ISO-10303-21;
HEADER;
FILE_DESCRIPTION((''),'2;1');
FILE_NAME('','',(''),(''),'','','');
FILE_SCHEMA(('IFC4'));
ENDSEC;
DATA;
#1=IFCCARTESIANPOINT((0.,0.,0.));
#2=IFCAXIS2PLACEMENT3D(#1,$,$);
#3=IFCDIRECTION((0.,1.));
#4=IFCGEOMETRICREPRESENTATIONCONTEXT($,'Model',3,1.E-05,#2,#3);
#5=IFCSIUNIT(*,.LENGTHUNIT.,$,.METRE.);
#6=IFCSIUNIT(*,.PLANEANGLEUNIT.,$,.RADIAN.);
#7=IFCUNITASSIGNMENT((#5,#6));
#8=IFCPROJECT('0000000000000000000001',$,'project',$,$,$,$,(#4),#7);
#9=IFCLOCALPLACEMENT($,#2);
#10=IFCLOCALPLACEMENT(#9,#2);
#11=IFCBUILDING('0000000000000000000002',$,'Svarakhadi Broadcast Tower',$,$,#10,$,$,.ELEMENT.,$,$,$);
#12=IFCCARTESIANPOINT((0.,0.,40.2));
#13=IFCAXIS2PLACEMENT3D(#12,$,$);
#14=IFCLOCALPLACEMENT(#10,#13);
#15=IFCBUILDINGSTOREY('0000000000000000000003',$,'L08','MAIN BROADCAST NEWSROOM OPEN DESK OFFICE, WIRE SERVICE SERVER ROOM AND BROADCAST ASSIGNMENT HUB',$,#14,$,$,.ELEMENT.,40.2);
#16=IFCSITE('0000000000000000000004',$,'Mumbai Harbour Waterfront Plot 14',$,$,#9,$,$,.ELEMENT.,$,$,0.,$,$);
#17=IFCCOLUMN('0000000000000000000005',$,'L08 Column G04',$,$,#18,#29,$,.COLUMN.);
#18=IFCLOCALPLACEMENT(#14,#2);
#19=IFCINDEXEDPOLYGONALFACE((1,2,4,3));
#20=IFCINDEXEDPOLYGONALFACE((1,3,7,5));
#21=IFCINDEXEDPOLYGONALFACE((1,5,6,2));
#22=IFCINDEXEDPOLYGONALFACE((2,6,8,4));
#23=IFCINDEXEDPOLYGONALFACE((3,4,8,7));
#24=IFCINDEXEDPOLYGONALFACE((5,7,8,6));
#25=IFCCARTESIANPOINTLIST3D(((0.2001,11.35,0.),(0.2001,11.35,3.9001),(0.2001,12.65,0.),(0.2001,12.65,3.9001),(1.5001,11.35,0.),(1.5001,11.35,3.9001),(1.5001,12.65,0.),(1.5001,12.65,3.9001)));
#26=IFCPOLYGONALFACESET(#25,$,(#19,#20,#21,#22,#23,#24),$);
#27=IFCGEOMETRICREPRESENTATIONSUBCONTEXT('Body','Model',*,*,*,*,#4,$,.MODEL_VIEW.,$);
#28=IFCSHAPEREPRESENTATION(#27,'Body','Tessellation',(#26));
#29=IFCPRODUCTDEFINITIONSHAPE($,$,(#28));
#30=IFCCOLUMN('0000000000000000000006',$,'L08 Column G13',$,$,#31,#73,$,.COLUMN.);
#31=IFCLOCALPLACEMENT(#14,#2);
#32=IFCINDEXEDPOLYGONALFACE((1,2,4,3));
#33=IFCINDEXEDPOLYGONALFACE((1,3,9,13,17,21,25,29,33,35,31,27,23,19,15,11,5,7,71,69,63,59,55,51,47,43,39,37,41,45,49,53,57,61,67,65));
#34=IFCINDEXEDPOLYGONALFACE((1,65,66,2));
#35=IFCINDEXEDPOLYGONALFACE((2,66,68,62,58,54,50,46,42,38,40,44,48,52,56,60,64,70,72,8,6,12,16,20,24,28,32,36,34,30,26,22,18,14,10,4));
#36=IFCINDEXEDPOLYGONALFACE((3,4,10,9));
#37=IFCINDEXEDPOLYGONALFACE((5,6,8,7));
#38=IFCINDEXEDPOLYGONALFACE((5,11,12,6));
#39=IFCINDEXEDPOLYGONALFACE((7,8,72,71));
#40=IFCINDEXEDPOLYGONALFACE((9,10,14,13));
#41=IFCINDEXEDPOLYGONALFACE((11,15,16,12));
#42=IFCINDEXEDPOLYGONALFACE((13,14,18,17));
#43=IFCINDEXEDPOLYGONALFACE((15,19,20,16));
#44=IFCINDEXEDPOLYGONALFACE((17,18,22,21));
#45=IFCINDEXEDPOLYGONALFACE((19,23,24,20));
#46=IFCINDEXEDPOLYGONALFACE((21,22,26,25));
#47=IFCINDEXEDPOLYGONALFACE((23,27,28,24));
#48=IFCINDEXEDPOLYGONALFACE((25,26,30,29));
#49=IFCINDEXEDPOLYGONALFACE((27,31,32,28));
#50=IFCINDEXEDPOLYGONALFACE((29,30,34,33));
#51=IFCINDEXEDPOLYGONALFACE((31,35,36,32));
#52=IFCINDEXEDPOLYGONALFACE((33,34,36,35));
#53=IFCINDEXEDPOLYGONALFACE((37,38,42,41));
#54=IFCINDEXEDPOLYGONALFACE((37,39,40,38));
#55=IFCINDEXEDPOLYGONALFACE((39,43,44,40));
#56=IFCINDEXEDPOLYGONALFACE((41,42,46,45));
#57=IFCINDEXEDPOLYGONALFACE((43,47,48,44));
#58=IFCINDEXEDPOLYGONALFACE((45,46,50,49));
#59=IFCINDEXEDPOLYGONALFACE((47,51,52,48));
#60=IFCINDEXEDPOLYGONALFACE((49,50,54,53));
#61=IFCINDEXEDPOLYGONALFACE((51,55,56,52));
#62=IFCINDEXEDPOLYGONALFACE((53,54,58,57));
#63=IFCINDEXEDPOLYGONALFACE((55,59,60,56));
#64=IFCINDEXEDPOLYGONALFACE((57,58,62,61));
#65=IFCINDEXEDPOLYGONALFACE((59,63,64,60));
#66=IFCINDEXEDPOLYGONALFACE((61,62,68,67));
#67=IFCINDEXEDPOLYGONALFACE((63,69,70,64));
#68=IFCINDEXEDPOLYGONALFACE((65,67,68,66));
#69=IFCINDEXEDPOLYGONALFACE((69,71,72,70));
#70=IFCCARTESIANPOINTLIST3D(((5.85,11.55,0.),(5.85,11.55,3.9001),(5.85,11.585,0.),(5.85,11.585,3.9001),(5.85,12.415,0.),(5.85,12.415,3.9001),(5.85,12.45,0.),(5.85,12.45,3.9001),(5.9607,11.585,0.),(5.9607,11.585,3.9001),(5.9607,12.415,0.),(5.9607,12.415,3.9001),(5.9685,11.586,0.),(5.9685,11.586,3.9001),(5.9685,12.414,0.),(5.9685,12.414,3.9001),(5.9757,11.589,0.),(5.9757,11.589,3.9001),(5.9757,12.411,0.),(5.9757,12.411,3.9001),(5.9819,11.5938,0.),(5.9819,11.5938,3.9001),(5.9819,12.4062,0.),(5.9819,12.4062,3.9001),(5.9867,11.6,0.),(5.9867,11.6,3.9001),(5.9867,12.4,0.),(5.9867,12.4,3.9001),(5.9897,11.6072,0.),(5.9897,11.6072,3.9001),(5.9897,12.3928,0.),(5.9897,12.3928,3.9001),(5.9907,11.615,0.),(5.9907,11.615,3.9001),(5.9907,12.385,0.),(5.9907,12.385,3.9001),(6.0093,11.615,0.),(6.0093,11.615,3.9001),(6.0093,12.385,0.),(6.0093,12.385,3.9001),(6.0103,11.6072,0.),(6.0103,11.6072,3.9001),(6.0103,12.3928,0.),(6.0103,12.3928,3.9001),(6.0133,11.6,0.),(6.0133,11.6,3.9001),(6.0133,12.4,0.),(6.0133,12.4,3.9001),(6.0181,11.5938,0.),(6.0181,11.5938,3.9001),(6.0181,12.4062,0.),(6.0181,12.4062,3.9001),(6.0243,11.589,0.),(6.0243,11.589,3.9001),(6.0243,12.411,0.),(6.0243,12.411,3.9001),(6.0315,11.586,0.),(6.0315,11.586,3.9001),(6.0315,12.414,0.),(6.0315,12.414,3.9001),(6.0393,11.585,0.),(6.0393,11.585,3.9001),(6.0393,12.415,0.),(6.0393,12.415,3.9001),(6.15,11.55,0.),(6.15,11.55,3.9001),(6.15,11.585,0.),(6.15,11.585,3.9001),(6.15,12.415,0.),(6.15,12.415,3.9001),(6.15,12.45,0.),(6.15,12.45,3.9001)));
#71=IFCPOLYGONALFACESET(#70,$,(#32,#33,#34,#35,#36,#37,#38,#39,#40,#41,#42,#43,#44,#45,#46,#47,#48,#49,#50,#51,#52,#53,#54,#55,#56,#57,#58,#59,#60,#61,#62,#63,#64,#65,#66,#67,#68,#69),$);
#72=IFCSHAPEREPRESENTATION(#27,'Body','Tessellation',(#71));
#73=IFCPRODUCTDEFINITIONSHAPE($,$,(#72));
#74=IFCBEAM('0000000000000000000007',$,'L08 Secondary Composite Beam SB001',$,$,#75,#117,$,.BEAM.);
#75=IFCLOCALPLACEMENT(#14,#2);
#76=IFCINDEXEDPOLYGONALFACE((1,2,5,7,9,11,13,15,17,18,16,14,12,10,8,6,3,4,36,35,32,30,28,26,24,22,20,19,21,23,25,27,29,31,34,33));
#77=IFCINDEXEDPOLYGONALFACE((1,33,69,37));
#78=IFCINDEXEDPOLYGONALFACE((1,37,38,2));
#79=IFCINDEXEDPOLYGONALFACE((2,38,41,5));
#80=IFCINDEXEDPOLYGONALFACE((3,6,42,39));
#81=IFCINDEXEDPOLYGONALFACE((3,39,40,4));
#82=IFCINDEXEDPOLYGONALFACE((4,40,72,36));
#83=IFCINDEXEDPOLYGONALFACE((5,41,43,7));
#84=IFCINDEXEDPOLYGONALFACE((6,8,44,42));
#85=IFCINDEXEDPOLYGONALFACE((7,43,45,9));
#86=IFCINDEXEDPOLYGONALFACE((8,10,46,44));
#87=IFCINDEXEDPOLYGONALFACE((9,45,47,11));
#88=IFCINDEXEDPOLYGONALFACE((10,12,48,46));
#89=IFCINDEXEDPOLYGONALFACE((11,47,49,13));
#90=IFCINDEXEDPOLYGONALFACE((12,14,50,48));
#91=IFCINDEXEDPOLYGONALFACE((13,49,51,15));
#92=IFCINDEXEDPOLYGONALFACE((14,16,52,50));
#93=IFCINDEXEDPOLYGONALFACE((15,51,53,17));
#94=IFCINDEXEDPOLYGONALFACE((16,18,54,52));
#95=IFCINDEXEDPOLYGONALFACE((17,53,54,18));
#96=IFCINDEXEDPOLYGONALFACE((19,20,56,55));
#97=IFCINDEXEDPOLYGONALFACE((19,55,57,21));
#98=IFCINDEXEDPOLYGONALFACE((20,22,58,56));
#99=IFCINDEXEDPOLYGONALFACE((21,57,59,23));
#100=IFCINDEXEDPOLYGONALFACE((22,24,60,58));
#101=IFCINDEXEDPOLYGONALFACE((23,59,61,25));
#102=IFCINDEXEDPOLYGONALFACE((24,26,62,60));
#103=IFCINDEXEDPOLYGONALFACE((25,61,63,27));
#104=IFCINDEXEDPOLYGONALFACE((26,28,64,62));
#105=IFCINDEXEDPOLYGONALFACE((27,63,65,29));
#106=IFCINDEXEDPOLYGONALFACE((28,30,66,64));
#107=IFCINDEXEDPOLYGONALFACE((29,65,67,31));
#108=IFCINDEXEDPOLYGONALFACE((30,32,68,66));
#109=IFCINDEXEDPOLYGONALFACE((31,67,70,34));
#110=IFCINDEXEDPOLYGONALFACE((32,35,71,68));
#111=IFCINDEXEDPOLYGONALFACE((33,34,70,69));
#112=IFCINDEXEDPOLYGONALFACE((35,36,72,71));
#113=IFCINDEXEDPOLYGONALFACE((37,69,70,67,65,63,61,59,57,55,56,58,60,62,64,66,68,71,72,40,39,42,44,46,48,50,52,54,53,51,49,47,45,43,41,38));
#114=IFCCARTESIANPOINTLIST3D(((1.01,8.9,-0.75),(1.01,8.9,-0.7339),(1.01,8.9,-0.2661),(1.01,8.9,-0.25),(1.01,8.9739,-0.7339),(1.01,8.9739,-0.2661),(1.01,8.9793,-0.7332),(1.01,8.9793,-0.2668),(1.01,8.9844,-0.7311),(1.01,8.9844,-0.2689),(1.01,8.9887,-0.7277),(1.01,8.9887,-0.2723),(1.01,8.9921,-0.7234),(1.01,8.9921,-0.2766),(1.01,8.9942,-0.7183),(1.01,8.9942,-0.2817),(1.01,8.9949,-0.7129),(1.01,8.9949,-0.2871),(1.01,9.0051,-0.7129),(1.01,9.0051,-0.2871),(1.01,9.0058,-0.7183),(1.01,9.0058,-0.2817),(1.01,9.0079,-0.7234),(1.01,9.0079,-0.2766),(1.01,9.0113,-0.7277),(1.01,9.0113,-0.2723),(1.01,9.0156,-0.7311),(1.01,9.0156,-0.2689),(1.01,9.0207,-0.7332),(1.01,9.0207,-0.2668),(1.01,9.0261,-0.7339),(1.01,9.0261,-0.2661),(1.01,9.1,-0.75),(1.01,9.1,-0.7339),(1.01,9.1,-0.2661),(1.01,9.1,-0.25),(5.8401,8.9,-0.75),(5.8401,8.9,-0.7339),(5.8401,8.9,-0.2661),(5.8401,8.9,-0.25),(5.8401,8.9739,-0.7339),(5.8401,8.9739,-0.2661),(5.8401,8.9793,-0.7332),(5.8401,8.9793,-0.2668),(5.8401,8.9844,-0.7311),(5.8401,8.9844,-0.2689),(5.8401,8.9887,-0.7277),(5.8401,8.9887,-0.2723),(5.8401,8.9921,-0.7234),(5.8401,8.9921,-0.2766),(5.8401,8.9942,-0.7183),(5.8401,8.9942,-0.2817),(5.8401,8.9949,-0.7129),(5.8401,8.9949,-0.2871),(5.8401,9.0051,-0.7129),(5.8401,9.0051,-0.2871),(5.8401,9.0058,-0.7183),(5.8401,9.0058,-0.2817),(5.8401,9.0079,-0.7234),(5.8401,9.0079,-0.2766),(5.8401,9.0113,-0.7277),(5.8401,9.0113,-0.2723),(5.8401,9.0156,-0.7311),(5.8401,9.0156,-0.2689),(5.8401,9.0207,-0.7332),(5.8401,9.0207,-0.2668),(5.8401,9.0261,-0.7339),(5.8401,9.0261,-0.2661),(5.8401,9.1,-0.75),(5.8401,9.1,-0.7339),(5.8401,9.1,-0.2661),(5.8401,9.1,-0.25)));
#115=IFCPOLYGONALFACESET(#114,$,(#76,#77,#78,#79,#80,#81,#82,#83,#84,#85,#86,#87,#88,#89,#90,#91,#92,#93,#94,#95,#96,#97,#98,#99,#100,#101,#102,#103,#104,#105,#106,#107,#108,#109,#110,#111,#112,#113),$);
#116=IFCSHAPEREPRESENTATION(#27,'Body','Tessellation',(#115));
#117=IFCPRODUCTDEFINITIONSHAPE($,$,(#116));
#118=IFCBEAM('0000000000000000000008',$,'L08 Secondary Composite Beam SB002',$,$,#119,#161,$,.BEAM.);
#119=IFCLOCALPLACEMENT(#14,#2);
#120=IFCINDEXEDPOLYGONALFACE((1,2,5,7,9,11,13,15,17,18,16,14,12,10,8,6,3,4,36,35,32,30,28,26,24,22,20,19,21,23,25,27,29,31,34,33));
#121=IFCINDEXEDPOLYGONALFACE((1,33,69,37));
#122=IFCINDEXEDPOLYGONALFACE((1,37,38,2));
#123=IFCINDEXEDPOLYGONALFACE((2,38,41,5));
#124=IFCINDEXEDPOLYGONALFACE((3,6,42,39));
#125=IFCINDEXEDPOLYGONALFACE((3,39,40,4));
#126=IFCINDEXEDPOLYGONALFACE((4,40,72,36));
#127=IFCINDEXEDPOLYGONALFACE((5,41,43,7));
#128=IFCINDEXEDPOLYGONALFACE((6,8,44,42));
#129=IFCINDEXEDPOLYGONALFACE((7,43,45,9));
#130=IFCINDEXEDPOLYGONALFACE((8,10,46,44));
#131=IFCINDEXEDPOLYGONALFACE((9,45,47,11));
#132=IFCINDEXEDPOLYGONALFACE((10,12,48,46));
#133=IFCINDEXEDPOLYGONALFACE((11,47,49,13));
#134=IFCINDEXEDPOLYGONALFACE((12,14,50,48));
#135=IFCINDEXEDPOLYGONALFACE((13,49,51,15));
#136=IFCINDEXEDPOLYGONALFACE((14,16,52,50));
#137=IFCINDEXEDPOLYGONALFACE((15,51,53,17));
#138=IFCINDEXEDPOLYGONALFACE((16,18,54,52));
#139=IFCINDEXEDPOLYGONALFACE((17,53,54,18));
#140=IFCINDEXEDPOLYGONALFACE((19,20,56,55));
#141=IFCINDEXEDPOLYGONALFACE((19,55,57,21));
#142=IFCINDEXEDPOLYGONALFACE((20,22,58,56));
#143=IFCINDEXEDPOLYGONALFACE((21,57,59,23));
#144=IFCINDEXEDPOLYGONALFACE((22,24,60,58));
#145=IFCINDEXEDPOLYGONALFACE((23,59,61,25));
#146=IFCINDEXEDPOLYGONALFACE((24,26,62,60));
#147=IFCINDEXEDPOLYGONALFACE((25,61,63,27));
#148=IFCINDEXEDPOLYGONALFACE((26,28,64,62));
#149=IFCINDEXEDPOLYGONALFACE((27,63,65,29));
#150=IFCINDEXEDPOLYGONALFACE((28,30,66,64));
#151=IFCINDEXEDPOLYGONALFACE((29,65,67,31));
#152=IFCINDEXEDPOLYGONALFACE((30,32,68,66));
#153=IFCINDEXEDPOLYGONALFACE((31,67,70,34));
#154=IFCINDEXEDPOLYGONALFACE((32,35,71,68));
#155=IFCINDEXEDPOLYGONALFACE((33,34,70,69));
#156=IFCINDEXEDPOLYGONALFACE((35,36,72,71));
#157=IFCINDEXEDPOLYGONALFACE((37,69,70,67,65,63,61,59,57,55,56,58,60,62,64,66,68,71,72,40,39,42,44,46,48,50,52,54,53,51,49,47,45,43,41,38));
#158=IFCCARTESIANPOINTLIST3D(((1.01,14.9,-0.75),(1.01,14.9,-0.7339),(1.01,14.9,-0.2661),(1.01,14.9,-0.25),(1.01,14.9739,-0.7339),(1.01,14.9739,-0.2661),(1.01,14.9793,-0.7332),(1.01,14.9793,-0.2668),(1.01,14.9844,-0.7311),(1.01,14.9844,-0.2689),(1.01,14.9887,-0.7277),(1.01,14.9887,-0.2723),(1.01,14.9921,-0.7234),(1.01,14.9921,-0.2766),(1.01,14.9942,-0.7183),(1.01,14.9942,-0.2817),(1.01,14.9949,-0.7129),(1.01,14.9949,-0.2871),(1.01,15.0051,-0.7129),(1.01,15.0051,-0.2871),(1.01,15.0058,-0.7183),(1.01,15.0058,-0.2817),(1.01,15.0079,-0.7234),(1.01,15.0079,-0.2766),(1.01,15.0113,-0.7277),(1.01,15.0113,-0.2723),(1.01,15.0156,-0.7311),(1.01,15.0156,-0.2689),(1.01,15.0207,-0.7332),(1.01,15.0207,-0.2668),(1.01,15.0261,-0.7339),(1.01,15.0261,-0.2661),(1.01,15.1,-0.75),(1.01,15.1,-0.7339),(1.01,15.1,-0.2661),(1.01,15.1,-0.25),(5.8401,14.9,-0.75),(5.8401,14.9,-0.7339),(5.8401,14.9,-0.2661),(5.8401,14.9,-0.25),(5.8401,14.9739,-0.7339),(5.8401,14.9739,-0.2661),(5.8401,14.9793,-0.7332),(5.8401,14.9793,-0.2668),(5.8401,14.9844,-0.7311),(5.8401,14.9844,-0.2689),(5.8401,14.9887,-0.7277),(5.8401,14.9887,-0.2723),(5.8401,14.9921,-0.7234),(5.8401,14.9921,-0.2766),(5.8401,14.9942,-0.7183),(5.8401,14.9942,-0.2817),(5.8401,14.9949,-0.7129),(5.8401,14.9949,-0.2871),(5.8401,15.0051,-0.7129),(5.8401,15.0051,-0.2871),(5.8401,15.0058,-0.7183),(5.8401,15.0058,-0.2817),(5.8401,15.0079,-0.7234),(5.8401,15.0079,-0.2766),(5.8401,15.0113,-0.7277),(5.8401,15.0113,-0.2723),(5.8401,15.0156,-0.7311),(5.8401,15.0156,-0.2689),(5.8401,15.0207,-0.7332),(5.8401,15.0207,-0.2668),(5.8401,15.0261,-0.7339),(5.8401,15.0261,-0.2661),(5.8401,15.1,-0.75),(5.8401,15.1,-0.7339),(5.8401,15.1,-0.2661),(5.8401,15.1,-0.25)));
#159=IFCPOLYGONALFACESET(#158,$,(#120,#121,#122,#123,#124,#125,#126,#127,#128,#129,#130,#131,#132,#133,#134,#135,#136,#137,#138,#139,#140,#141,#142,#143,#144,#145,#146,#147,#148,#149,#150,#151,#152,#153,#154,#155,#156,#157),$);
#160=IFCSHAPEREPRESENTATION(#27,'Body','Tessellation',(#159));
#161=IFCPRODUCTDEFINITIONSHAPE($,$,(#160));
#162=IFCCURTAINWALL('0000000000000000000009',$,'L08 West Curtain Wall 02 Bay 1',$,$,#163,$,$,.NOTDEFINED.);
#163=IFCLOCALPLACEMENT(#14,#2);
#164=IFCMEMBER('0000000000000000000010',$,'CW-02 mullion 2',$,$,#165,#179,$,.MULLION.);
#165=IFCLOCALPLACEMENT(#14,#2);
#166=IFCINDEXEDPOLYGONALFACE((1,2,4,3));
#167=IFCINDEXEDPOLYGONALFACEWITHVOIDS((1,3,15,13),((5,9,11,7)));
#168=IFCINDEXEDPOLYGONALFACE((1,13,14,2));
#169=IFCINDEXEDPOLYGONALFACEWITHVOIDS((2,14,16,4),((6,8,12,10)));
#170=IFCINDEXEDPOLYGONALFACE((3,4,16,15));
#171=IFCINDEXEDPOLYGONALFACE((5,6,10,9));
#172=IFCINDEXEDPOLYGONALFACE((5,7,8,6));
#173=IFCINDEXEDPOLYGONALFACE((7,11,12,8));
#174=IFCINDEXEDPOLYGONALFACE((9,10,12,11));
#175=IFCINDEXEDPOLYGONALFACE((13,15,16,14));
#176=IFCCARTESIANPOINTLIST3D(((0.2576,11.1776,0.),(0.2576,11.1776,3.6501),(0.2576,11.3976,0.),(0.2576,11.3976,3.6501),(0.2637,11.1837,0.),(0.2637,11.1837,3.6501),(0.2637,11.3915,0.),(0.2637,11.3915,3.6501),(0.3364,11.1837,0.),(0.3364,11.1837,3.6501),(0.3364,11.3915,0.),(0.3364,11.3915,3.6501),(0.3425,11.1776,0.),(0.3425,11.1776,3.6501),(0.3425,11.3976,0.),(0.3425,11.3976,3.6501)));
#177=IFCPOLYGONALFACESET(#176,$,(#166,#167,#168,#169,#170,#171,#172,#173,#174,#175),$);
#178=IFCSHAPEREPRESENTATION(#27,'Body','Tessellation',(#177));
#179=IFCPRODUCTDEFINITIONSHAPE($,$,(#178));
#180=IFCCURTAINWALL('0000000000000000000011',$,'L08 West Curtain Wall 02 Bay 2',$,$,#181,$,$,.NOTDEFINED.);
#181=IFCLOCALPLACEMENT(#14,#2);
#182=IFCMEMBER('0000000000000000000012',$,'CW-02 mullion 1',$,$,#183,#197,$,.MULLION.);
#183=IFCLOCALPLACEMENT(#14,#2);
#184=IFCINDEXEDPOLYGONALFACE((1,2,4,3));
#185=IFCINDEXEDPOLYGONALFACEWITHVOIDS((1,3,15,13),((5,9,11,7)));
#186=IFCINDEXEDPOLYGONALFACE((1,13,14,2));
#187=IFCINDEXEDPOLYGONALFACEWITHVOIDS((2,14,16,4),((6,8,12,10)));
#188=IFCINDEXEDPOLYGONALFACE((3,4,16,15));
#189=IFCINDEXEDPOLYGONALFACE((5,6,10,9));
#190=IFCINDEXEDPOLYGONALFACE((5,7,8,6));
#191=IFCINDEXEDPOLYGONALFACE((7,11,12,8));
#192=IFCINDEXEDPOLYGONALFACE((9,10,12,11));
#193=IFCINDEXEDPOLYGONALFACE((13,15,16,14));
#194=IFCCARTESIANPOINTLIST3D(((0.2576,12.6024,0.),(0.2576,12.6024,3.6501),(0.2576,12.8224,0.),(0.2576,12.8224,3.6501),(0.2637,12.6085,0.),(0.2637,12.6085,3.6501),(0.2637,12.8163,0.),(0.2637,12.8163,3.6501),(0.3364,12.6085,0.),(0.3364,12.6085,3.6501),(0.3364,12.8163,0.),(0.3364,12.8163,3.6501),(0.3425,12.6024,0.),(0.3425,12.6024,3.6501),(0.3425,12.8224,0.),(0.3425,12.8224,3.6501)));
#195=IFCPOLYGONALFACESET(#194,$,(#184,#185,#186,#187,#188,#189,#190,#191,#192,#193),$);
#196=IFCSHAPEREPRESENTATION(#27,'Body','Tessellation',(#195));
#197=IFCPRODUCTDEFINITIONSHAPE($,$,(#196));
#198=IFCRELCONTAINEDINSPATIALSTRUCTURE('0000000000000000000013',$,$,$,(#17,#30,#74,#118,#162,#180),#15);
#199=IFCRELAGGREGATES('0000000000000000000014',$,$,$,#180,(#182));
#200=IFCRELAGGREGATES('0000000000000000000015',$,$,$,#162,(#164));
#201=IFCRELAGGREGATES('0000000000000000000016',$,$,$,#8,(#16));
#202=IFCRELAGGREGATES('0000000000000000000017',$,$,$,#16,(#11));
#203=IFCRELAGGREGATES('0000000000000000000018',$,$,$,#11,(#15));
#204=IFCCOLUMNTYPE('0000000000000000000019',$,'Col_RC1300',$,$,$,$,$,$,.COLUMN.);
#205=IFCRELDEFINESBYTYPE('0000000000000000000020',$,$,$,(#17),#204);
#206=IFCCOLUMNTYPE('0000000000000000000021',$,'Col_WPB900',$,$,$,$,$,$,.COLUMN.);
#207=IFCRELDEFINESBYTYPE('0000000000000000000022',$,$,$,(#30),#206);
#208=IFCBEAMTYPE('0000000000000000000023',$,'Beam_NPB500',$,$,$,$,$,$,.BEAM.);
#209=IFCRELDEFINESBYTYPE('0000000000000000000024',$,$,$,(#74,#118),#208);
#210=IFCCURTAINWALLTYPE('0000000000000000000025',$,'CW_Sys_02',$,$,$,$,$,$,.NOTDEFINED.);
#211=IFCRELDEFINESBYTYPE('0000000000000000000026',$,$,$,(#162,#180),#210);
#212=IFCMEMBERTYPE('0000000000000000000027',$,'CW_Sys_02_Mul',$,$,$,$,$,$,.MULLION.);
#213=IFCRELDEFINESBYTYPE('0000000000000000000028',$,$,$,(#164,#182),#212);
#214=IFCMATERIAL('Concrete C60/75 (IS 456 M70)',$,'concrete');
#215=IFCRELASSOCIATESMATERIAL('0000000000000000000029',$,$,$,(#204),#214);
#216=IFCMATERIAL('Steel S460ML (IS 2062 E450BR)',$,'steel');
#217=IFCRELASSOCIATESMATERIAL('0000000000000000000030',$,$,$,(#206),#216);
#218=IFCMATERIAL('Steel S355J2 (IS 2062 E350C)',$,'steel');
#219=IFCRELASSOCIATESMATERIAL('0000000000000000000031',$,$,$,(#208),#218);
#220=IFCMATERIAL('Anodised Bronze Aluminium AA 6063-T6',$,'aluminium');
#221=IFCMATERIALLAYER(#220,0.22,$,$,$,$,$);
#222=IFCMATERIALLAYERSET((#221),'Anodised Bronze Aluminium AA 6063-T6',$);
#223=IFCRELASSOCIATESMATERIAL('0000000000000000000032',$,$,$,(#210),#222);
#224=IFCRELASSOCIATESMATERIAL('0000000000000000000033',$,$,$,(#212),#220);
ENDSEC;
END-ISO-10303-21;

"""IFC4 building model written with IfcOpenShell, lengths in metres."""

from ifc_helpers import new_model, si_unit, direction, frame, origin, origin_2d, place, context, subcontext, project, spatial, rectangle, hollow_rectangle, i_section, extrude, material, layer, layer_set, material_profile, profile_set, type_object, element, aggregate, save


model = new_model("IFC4")

# Units and contexts
model_context = context("Model", 3, precision=1e-05, world=origin(), true_north=direction((0.0, 1.0)))
body_context = subcontext(model_context, "Body", "Model", "MODEL_VIEW")
ifc_project = project(units=[si_unit("LENGTHUNIT", "METRE"), si_unit("PLANEANGLEUNIT", "RADIAN")], contexts=[model_context])

# Site, building, storey
site_placement = place(None, origin())
site = spatial("IfcSite", under=ifc_project, at=site_placement, Name="Mumbai Harbour Waterfront Plot 14", CompositionType="ELEMENT", RefElevation=0.0)
building_placement = place(site_placement, origin())
building = spatial("IfcBuilding", under=site, at=building_placement, Name="Svarakhadi Broadcast Tower", CompositionType="ELEMENT")
storey_placement = place(building_placement, frame((0.0, 0.0, 40.2)))
storey = spatial("IfcBuildingStorey", under=building, at=storey_placement, Name="L08", Description="MAIN BROADCAST NEWSROOM OPEN DESK OFFICE, WIRE SERVICE SERVER ROOM AND BROADCAST ASSIGNMENT HUB", CompositionType="ELEMENT", Elevation=40.2)

# Columns
ifc_material_1 = material(Name="Concrete C60/75 (IS 456 M70)", Category="concrete")
ifc_material_profile_1 = material_profile(ifc_material_1, rectangle(XDim=1.3, YDim=1.3, at=origin_2d()), Name="RC 1300x1300")
ifc_profile_set_1 = profile_set([ifc_material_profile_1], Name="Concrete C60/75 (IS 456 M70)")
column_type_1 = type_object("IfcColumnType", Name="Col_RC1300", PredefinedType="COLUMN", material=ifc_profile_set_1)
column_1_placement = place(storey_placement, frame((0.8501, 12.0, 0.0), z_axis=(0.0, 0.0, 1.0), x_axis=(1.0, 0.0, 0.0)))
element("IfcColumn", 1, at=column_1_placement, inside=storey, type_object=column_type_1, Name="L08 Column G04", PredefinedType="COLUMN", context=body_context, shape_type="SweptSolid", body=[
    extrude(rectangle(XDim=1.3, YDim=1.3, at=origin_2d()), origin(), (0.0, 0.0, 1.0), 3.9001),
])
ifc_material_2 = material(Name="Steel S460ML (IS 2062 E450BR)", Category="steel")
ifc_material_profile_2 = material_profile(ifc_material_2, i_section(OverallWidth=0.3, OverallDepth=0.8999, WebThickness=0.0186, FlangeThickness=0.0349, FilletRadius=0.03, at=origin_2d()), Name="WPB 900x300x291")
ifc_profile_set_2 = profile_set([ifc_material_profile_2], Name="Steel S460ML (IS 2062 E450BR)")
column_type_2 = type_object("IfcColumnType", Name="Col_WPB900", PredefinedType="COLUMN", material=ifc_profile_set_2)
column_2_placement = place(storey_placement, frame((6.0, 12.0, 0.0), z_axis=(0.0, 0.0, 1.0), x_axis=(1.0, 0.0, 0.0)))
element("IfcColumn", 2, at=column_2_placement, inside=storey, type_object=column_type_2, Name="L08 Column G13", PredefinedType="COLUMN", context=body_context, shape_type="SweptSolid", body=[
    extrude(i_section(OverallWidth=0.3, OverallDepth=0.8999, WebThickness=0.0186, FlangeThickness=0.0349, FilletRadius=0.03, at=origin_2d()), origin(), (0.0, 0.0, 1.0), 3.9001),
])

# Beams
ifc_material_3 = material(Name="Steel S355J2 (IS 2062 E350C)", Category="steel")
ifc_material_profile_3 = material_profile(ifc_material_3, i_section(OverallWidth=0.2, OverallDepth=0.5, WebThickness=0.0103, FlangeThickness=0.0161, FilletRadius=0.021, at=origin_2d()), Name="NPB 500x200x91")
ifc_profile_set_3 = profile_set([ifc_material_profile_3], Name="Steel S355J2 (IS 2062 E350C)")
beam_type_1 = type_object("IfcBeamType", Name="Beam_NPB500", PredefinedType="BEAM", material=ifc_profile_set_3)
for number, where, z_axis, x_axis, name in (
    (3, (1.01, 9.0, -0.5), (1.0, 0.0, 0.0), (0.0, 1.0, 0.0), "L08 Secondary Composite Beam SB001"),
    (4, (1.01, 15.0, -0.5), (1.0, 0.0, 0.0), (0.0, 1.0, 0.0), "L08 Secondary Composite Beam SB002"),
):
    element("IfcBeam", number, at=place(storey_placement, frame(where, z_axis=z_axis, x_axis=x_axis)), inside=storey, type_object=beam_type_1, Name=name, PredefinedType="BEAM", context=body_context, shape_type="SweptSolid", body=[
        extrude(i_section(OverallWidth=0.2, OverallDepth=0.5, WebThickness=0.0103, FlangeThickness=0.0161, FilletRadius=0.021, at=origin_2d()), origin(), (0.0, 0.0, 1.0), 4.8301),
    ])

# Curtain wall, member
ifc_material_4 = material(Name="Anodised Bronze Aluminium AA 6063-T6", Category="aluminium")
ifc_layer_1 = layer(ifc_material_4, 0.22)
ifc_layer_set_1 = layer_set([ifc_layer_1], Name="Anodised Bronze Aluminium AA 6063-T6")
curtain_wall_type = type_object("IfcCurtainWallType", Name="CW_Sys_02", PredefinedType="NOTDEFINED", material=ifc_layer_set_1)
curtain_wall_1_placement = place(storey_placement, origin())
curtain_wall_1 = element("IfcCurtainWall", 5, at=curtain_wall_1_placement, inside=storey, type_object=curtain_wall_type, Name="L08 West Curtain Wall 02 Bay 1", PredefinedType="NOTDEFINED")
ifc_material_profile_4 = material_profile(ifc_material_4, hollow_rectangle(XDim=0.085, YDim=0.22, WallThickness=0.0061, at=origin_2d()), Name="ALU MULLION 220x85x6")
ifc_profile_set_4 = profile_set([ifc_material_profile_4], Name="Anodised Bronze Aluminium AA 6063-T6")
member_type_1 = type_object("IfcMemberType", Name="CW_Sys_02_Mul", PredefinedType="MULLION", material=ifc_profile_set_4)
member_1_placement = place(storey_placement, frame((0.3, 11.2876, 0.0), z_axis=(0.0, 0.0, 1.0), x_axis=(-1.0, 0.0, 0.0)))
member_1 = element("IfcMember", 6, at=member_1_placement, type_object=member_type_1, Name="CW-02 mullion 2", PredefinedType="MULLION", context=body_context, shape_type="SweptSolid", body=[
    extrude(hollow_rectangle(XDim=0.085, YDim=0.22, WallThickness=0.0061, at=origin_2d()), origin(), (0.0, 0.0, 1.0), 3.6501),
])

# Curtain wall, member
curtain_wall_2_placement = place(storey_placement, origin())
curtain_wall_2 = element("IfcCurtainWall", 7, at=curtain_wall_2_placement, inside=storey, type_object=curtain_wall_type, Name="L08 West Curtain Wall 02 Bay 2", PredefinedType="NOTDEFINED")
member_2_placement = place(storey_placement, frame((0.3, 12.7124, 0.0), z_axis=(0.0, 0.0, 1.0), x_axis=(-1.0, 0.0, 0.0)))
member_2 = element("IfcMember", 8, at=member_2_placement, type_object=member_type_1, Name="CW-02 mullion 1", PredefinedType="MULLION", context=body_context, shape_type="SweptSolid", body=[
    extrude(hollow_rectangle(XDim=0.085, YDim=0.22, WallThickness=0.0061, at=origin_2d()), origin(), (0.0, 0.0, 1.0), 3.6501),
])
aggregate(curtain_wall_2, [member_2])

aggregate(curtain_wall_1, [member_1])

save(model, "model.ifc")
